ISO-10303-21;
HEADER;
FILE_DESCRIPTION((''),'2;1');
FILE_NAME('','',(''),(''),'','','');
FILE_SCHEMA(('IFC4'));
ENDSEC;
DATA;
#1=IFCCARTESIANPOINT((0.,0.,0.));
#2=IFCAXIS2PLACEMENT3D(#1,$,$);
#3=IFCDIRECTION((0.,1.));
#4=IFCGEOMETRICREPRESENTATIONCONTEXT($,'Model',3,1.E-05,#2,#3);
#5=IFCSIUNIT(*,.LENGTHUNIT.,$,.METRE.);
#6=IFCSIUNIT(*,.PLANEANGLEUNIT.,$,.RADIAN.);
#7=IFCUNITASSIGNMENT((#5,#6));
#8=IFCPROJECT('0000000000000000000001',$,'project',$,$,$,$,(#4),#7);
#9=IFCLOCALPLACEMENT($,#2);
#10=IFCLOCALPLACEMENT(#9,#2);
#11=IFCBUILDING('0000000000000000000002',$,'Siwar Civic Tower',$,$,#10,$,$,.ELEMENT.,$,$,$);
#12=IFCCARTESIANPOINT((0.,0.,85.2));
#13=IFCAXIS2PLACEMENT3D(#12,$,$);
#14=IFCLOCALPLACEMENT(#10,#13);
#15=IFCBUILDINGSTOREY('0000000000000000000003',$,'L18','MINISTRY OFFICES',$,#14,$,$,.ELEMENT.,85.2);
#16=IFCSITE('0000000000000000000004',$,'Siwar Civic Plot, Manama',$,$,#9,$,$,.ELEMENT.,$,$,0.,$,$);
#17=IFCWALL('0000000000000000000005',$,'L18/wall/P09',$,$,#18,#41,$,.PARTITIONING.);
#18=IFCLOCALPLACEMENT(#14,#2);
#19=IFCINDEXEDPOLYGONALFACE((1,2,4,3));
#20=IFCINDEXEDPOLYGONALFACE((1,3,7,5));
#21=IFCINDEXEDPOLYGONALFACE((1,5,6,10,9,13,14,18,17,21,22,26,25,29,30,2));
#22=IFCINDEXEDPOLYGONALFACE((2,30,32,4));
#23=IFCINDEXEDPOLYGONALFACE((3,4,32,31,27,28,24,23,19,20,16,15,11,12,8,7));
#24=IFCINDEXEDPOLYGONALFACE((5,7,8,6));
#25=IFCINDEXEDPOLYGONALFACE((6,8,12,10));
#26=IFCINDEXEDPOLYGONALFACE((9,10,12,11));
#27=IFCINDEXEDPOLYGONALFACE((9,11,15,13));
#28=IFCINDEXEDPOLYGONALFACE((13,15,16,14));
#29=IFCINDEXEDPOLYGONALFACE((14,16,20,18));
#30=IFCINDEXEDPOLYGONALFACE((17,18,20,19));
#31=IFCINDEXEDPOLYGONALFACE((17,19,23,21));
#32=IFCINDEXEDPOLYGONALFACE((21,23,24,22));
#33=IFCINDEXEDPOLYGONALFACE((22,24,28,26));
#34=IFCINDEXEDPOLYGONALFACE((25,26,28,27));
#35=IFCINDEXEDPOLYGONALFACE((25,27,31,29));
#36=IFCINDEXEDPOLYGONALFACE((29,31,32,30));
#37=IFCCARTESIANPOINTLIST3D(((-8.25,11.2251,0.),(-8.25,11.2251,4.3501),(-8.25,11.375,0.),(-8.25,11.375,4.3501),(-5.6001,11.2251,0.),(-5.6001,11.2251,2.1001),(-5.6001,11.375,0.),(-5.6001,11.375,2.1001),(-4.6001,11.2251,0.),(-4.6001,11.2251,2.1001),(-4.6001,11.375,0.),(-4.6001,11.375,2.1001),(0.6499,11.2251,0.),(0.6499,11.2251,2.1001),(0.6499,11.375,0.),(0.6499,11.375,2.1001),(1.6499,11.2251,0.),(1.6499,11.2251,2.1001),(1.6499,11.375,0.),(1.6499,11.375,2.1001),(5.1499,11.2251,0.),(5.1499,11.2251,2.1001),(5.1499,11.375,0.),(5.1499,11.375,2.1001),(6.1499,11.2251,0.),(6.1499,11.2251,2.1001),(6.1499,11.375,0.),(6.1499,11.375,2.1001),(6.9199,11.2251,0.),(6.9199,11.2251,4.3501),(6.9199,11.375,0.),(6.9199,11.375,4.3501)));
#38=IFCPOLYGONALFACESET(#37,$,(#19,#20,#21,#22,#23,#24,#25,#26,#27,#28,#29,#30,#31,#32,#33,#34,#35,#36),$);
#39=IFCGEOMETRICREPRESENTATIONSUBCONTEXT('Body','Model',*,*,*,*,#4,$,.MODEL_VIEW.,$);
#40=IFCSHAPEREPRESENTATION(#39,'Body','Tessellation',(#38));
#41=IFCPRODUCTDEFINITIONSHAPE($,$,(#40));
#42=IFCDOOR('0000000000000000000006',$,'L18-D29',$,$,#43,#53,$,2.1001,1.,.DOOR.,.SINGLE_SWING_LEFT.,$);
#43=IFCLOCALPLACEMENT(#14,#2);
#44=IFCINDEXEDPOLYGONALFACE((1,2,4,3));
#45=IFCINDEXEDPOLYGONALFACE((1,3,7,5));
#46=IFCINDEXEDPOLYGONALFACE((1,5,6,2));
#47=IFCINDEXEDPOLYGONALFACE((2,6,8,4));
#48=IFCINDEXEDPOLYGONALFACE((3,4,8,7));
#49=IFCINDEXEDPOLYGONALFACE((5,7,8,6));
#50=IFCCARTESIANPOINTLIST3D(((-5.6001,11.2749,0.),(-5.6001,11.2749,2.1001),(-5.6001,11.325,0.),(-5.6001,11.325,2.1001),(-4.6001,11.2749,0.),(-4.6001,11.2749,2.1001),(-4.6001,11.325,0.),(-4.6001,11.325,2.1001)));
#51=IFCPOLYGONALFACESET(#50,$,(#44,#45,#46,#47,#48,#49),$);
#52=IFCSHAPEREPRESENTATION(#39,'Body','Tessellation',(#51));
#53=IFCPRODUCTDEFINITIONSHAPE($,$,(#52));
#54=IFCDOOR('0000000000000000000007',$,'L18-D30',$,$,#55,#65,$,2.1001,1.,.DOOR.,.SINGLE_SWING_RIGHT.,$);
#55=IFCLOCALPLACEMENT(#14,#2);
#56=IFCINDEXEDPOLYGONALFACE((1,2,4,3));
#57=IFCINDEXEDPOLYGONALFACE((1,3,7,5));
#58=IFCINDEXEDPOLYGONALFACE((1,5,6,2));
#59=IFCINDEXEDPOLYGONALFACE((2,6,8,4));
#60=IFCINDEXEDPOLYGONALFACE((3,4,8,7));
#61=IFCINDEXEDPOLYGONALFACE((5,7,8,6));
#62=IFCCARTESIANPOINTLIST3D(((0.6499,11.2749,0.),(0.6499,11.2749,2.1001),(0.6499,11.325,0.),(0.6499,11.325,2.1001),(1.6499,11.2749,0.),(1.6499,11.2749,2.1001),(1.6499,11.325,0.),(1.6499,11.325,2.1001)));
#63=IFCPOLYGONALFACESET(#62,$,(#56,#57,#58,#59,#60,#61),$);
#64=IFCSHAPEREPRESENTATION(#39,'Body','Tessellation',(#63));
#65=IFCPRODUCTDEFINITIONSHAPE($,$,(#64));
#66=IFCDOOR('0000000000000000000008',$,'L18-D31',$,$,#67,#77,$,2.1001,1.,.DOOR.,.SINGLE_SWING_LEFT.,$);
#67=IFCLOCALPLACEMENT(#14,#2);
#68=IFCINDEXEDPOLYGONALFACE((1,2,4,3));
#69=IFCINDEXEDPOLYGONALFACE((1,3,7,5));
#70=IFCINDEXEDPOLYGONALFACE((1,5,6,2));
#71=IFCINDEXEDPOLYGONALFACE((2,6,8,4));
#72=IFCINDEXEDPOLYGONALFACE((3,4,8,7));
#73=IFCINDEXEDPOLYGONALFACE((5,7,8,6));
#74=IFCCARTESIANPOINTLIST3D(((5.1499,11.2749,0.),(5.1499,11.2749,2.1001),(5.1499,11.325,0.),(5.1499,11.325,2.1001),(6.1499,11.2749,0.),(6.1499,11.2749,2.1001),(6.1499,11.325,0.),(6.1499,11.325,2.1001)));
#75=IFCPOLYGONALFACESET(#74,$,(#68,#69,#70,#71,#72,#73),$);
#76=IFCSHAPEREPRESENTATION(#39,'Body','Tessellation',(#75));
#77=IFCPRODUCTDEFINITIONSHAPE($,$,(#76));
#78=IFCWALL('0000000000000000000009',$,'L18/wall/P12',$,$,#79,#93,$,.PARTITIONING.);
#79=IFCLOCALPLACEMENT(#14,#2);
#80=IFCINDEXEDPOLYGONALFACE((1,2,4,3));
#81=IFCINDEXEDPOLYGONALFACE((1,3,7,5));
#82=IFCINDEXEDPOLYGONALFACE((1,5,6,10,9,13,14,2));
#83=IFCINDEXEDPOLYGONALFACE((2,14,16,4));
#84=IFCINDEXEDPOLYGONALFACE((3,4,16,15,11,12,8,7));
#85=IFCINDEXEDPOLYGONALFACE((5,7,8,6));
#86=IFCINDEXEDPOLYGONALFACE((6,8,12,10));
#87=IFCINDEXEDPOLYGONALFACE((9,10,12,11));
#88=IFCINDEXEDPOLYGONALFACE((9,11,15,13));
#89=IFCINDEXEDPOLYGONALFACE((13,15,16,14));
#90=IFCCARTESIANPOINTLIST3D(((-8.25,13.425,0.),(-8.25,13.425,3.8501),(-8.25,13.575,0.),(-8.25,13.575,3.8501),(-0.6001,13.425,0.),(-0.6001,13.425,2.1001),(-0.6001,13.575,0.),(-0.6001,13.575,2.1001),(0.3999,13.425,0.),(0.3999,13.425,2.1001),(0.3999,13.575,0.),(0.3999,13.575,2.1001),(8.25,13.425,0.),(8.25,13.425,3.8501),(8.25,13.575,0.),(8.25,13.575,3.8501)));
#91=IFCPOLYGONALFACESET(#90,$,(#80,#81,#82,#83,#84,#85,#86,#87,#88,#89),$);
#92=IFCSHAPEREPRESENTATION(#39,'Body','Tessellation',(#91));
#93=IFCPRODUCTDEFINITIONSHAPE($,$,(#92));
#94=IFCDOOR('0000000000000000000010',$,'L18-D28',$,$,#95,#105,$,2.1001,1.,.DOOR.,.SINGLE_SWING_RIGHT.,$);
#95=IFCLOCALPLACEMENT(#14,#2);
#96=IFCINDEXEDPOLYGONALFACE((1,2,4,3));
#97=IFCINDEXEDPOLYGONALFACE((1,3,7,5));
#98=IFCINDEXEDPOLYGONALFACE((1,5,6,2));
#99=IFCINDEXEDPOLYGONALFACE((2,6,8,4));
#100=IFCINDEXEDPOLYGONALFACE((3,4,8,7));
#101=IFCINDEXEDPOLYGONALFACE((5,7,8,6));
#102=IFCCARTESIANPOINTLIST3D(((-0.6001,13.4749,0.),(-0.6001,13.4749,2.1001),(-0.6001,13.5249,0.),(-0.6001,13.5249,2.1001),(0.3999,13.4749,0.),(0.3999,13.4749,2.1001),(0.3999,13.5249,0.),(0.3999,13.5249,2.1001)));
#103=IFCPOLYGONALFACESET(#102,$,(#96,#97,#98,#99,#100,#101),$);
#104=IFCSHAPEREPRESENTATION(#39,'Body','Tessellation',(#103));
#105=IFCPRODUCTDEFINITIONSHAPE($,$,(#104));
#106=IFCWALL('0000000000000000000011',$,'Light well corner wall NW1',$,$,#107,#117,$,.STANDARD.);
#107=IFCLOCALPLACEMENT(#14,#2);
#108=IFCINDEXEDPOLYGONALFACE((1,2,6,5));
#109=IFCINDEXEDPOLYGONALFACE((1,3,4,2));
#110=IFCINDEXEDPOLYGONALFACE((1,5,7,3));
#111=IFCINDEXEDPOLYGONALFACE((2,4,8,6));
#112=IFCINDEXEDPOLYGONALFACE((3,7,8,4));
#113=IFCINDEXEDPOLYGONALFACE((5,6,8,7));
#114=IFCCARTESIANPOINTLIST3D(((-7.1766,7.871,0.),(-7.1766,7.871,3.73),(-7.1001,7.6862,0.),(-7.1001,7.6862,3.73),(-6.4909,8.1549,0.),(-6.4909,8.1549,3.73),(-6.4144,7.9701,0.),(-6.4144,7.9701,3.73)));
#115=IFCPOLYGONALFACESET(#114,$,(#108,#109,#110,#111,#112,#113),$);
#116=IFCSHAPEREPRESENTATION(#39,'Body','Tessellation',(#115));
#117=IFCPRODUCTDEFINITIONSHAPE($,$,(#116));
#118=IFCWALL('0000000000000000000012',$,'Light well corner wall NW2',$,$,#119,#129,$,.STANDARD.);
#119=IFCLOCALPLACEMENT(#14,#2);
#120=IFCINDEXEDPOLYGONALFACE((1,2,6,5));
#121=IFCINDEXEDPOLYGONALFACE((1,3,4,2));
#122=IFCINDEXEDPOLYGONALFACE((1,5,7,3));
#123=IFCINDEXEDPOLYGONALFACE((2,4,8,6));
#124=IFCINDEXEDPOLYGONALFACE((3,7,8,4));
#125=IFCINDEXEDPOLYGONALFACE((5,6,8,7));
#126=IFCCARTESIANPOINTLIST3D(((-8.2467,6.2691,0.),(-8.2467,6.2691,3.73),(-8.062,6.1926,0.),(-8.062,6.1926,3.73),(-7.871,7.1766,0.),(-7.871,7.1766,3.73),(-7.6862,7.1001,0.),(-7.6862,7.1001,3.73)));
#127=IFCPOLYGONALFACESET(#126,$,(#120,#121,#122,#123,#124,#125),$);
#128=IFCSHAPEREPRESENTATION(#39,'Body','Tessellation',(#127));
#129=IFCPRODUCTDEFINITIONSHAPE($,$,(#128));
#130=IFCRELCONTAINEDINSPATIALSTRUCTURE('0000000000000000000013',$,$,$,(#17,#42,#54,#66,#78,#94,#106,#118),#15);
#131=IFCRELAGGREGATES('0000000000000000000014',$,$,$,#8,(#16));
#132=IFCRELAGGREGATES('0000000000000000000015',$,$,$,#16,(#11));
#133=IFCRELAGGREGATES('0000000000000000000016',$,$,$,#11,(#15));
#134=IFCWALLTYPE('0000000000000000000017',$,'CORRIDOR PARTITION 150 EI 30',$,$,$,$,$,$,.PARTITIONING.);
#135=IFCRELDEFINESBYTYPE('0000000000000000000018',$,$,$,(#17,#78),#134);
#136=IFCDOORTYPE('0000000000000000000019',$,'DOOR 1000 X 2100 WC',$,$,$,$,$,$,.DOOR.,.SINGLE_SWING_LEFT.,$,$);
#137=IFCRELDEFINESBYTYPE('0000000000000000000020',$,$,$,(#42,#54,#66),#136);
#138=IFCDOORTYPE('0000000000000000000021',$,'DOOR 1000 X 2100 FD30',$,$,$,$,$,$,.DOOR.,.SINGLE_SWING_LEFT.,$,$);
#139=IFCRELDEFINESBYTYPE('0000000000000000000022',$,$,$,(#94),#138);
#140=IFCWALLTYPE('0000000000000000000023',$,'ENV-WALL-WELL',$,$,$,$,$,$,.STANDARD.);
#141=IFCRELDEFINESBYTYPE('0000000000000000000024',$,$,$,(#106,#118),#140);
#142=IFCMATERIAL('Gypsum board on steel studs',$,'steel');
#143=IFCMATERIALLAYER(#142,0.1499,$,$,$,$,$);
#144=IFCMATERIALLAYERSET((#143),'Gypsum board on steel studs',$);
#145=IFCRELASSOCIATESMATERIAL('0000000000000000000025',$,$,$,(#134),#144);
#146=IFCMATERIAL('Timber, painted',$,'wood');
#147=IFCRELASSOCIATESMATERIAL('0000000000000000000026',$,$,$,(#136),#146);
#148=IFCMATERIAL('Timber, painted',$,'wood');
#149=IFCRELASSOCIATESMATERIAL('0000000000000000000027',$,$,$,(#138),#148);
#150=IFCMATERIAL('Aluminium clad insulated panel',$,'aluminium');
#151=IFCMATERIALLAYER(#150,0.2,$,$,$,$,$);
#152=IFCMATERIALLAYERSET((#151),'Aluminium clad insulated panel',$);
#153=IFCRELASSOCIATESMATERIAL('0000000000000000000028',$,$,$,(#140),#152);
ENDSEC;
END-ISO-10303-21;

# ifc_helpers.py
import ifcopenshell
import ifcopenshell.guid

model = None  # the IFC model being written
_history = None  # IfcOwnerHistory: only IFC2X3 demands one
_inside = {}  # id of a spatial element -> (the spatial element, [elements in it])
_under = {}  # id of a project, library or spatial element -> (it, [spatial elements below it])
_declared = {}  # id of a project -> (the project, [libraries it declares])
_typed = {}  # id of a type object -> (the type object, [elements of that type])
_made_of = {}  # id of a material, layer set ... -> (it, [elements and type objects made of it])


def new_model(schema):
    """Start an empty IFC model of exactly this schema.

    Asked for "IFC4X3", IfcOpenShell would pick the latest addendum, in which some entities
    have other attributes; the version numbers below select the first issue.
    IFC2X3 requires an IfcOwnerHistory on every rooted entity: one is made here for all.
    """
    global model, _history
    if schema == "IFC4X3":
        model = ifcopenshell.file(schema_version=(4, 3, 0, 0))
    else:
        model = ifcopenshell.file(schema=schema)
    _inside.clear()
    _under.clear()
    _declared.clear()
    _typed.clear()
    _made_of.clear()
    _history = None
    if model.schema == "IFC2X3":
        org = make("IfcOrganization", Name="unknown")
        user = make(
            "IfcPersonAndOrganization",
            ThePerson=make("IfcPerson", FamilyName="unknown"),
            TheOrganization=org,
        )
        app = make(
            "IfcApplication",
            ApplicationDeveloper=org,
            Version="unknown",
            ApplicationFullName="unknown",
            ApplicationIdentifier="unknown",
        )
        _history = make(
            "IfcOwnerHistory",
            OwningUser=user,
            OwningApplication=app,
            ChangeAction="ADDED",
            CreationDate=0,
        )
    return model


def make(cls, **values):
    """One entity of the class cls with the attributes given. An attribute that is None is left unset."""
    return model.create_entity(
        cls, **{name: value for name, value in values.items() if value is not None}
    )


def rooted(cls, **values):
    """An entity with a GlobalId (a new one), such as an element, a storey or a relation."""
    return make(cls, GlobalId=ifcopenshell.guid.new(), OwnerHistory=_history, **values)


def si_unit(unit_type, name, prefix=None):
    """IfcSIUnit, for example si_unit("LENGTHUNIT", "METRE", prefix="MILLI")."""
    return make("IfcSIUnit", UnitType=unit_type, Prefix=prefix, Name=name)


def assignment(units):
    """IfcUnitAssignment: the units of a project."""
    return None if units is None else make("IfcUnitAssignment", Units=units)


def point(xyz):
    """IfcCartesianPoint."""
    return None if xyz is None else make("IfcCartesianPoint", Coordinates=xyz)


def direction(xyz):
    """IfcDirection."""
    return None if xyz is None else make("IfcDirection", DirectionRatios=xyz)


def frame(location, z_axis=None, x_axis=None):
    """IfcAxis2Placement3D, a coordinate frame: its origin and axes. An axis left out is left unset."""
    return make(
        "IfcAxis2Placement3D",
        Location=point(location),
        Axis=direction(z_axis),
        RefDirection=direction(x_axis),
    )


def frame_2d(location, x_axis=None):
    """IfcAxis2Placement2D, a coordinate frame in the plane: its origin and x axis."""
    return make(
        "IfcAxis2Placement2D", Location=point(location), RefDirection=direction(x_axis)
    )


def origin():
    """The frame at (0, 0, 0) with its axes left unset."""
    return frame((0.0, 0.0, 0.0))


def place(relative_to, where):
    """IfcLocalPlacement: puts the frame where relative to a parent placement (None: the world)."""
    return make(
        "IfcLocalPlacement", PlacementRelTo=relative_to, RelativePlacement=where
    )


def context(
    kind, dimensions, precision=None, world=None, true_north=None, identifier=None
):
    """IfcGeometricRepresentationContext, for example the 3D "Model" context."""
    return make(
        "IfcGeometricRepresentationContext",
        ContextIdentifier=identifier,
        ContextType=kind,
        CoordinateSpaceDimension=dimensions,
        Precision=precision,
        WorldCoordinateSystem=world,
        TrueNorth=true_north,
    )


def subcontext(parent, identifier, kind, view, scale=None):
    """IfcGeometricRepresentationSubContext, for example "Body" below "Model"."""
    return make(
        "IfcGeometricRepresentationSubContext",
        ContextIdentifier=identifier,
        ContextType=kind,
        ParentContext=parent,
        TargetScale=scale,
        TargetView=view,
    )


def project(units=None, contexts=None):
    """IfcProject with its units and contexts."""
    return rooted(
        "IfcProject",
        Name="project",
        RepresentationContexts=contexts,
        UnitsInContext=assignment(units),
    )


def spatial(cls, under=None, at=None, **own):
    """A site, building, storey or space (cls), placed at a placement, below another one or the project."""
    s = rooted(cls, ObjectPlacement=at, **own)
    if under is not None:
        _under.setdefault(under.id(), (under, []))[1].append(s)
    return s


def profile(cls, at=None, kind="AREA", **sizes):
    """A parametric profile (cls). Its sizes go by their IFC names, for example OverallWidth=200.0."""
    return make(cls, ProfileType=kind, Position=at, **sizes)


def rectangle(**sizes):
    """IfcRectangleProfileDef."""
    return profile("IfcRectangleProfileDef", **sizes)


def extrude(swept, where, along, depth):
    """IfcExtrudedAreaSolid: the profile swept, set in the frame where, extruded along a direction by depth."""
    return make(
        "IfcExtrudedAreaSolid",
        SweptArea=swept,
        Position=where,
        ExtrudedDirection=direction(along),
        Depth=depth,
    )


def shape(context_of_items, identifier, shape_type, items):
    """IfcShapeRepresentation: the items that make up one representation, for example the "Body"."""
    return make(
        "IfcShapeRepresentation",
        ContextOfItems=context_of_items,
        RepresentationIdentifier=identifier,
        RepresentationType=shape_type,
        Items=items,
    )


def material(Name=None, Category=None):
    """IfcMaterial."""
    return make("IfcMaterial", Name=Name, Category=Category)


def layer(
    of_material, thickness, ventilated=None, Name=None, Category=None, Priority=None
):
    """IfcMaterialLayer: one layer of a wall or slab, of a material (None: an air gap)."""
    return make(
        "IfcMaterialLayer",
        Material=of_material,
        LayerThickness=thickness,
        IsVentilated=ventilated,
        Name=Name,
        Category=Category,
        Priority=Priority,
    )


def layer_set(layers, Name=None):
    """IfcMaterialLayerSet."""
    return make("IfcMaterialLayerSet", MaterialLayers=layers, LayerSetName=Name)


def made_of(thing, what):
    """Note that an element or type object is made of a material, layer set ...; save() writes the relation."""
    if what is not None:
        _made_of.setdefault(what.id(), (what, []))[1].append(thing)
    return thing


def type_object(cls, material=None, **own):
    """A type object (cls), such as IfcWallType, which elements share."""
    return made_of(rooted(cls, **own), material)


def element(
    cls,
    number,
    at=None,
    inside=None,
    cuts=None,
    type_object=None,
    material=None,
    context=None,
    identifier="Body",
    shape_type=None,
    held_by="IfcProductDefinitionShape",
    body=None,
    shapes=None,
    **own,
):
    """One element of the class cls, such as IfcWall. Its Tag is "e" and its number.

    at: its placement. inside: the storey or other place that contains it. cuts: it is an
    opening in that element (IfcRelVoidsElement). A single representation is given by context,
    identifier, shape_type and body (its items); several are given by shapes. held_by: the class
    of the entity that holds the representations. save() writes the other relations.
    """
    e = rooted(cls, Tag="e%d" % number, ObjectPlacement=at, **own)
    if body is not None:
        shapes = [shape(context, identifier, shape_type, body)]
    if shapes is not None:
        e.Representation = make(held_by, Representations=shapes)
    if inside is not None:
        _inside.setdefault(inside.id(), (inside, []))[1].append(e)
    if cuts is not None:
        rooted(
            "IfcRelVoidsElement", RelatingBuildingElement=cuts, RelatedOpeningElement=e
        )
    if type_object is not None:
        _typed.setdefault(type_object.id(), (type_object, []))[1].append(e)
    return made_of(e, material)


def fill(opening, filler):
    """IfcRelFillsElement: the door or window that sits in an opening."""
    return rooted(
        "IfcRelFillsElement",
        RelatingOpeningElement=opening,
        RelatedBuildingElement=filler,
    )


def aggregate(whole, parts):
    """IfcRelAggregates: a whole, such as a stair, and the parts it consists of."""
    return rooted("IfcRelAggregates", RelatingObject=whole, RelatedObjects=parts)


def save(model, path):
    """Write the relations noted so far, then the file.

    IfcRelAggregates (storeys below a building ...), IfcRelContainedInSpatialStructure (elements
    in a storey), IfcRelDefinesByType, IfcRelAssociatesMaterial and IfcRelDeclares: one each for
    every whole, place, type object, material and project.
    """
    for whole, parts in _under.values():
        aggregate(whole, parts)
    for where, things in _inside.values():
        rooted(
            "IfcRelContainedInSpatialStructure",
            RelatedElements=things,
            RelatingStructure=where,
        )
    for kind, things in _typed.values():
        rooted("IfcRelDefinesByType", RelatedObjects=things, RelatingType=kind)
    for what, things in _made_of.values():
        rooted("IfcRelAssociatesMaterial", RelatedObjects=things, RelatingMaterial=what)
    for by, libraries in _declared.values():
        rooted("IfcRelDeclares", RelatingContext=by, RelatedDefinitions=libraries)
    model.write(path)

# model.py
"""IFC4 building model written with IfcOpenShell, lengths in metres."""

from ifc_helpers import new_model, si_unit, direction, frame, frame_2d, origin, place, context, subcontext, project, spatial, rectangle, extrude, material, layer, layer_set, type_object, element, fill, save


model = new_model("IFC4")

# Units and contexts
model_context = context("Model", 3, precision=1e-05, world=origin(), true_north=direction((0.0, 1.0)))
body_context = subcontext(model_context, "Body", "Model", "MODEL_VIEW")
ifc_project = project(units=[si_unit("LENGTHUNIT", "METRE"), si_unit("PLANEANGLEUNIT", "RADIAN")], contexts=[model_context])

# Site, building, storey
site_placement = place(None, origin())
site = spatial("IfcSite", under=ifc_project, at=site_placement, Name="Siwar Civic Plot, Manama", CompositionType="ELEMENT", RefElevation=0.0)
building_placement = place(site_placement, origin())
building = spatial("IfcBuilding", under=site, at=building_placement, Name="Siwar Civic Tower", CompositionType="ELEMENT")
storey_placement = place(building_placement, frame((0.0, 0.0, 85.2)))
storey = spatial("IfcBuildingStorey", under=building, at=storey_placement, Name="L18", Description="MINISTRY OFFICES", CompositionType="ELEMENT", Elevation=85.2)

# Wall, openings, doors
ifc_material_1 = material(Name="Gypsum board on steel studs", Category="steel")
ifc_layer_1 = layer(ifc_material_1, 0.1499)
ifc_layer_set_1 = layer_set([ifc_layer_1], Name="Gypsum board on steel studs")
wall_type_1 = type_object("IfcWallType", Name="CORRIDOR PARTITION 150 EI 30", PredefinedType="PARTITIONING", material=ifc_layer_set_1)
wall_1_placement = place(storey_placement, frame((-8.25, 11.3, 0.0), z_axis=(0.0, 0.0, 1.0), x_axis=(1.0, 0.0, 0.0)))
wall_1 = element("IfcWall", 1, at=wall_1_placement, inside=storey, type_object=wall_type_1, Name="L18/wall/P09", PredefinedType="PARTITIONING", context=body_context, shape_type="SweptSolid", body=[
    extrude(rectangle(XDim=15.1699, YDim=0.1499, at=frame_2d((7.585, 0.0))), origin(), (0.0, 0.0, 1.0), 4.3501),
])
opening_1_placement = place(wall_1_placement, frame((2.6499, 0.0, 0.0)))
opening_1 = element("IfcOpeningElement", 2, at=opening_1_placement, cuts=wall_1, PredefinedType="OPENING", context=body_context, shape_type="SweptSolid", body=[
    extrude(rectangle(XDim=1.0, YDim=2.1001, at=frame_2d((0.5, 1.05))), frame((0.0, 0.085, 0.0), z_axis=(0.0, -1.0, 0.0), x_axis=(1.0, 0.0, 0.0)), (0.0, 0.0, 1.0), 0.1699),
])
opening_2_placement = place(wall_1_placement, frame((8.8999, 0.0, 0.0)))
opening_2 = element("IfcOpeningElement", 3, at=opening_2_placement, cuts=wall_1, PredefinedType="OPENING", context=body_context, shape_type="SweptSolid", body=[
    extrude(rectangle(XDim=1.0, YDim=2.1001, at=frame_2d((0.5, 1.05))), frame((0.0, 0.085, 0.0), z_axis=(0.0, -1.0, 0.0), x_axis=(1.0, 0.0, 0.0)), (0.0, 0.0, 1.0), 0.1699),
])
opening_3_placement = place(wall_1_placement, frame((13.3999, 0.0, 0.0)))
opening_3 = element("IfcOpeningElement", 4, at=opening_3_placement, cuts=wall_1, PredefinedType="OPENING", context=body_context, shape_type="SweptSolid", body=[
    extrude(rectangle(XDim=1.0, YDim=2.1001, at=frame_2d((0.5, 1.05))), frame((0.0, 0.085, 0.0), z_axis=(0.0, -1.0, 0.0), x_axis=(1.0, 0.0, 0.0)), (0.0, 0.0, 1.0), 0.1699),
])
ifc_material_2 = material(Name="Timber, painted", Category="wood")
door_type_1 = type_object("IfcDoorType", Name="DOOR 1000 X 2100 WC", OperationType="SINGLE_SWING_LEFT", PredefinedType="DOOR", material=ifc_material_2)
door_1_placement = place(opening_1_placement, origin())
door_1 = element("IfcDoor", 5, at=door_1_placement, inside=storey, type_object=door_type_1, Name="L18-D29", OperationType="SINGLE_SWING_LEFT", OverallHeight=2.1001, OverallWidth=1.0, PredefinedType="DOOR", context=body_context, shape_type="SweptSolid", body=[
    extrude(rectangle(XDim=1.0, YDim=2.1001, at=frame_2d((0.5, 1.05))), frame((0.0, 0.0249, 0.0), z_axis=(0.0, -1.0, 0.0), x_axis=(1.0, 0.0, 0.0)), (0.0, 0.0, 1.0), 0.05),
])
fill(opening_1, door_1)
door_2_placement = place(opening_2_placement, origin())
door_2 = element("IfcDoor", 6, at=door_2_placement, inside=storey, type_object=door_type_1, Name="L18-D30", OperationType="SINGLE_SWING_RIGHT", OverallHeight=2.1001, OverallWidth=1.0, PredefinedType="DOOR", context=body_context, shape_type="SweptSolid", body=[
    extrude(rectangle(XDim=1.0, YDim=2.1001, at=frame_2d((0.5, 1.05))), frame((0.0, 0.0249, 0.0), z_axis=(0.0, -1.0, 0.0), x_axis=(1.0, 0.0, 0.0)), (0.0, 0.0, 1.0), 0.05),
])
fill(opening_2, door_2)
door_3_placement = place(opening_3_placement, origin())
door_3 = element("IfcDoor", 7, at=door_3_placement, inside=storey, type_object=door_type_1, Name="L18-D31", OperationType="SINGLE_SWING_LEFT", OverallHeight=2.1001, OverallWidth=1.0, PredefinedType="DOOR", context=body_context, shape_type="SweptSolid", body=[
    extrude(rectangle(XDim=1.0, YDim=2.1001, at=frame_2d((0.5, 1.05))), frame((0.0, 0.0249, 0.0), z_axis=(0.0, -1.0, 0.0), x_axis=(1.0, 0.0, 0.0)), (0.0, 0.0, 1.0), 0.05),
])
fill(opening_3, door_3)

# Wall, opening, door
wall_2_placement = place(storey_placement, frame((-8.25, 13.5, 0.0), z_axis=(0.0, 0.0, 1.0), x_axis=(1.0, 0.0, 0.0)))
wall_2 = element("IfcWall", 8, at=wall_2_placement, inside=storey, type_object=wall_type_1, Name="L18/wall/P12", PredefinedType="PARTITIONING", context=body_context, shape_type="SweptSolid", body=[
    extrude(rectangle(XDim=16.5, YDim=0.1499, at=frame_2d((8.25, 0.0))), origin(), (0.0, 0.0, 1.0), 3.8501),
])
opening_4_placement = place(wall_2_placement, frame((7.6499, 0.0, 0.0)))
opening_4 = element("IfcOpeningElement", 9, at=opening_4_placement, cuts=wall_2, PredefinedType="OPENING", context=body_context, shape_type="SweptSolid", body=[
    extrude(rectangle(XDim=1.0, YDim=2.1001, at=frame_2d((0.5, 1.05))), frame((0.0, 0.085, 0.0), z_axis=(0.0, -1.0, 0.0), x_axis=(1.0, 0.0, 0.0)), (0.0, 0.0, 1.0), 0.1699),
])
ifc_material_3 = material(Name="Timber, painted", Category="wood")
door_type_2 = type_object("IfcDoorType", Name="DOOR 1000 X 2100 FD30", OperationType="SINGLE_SWING_LEFT", PredefinedType="DOOR", material=ifc_material_3)
door_4_placement = place(opening_4_placement, origin())
door_4 = element("IfcDoor", 10, at=door_4_placement, inside=storey, type_object=door_type_2, Name="L18-D28", OperationType="SINGLE_SWING_RIGHT", OverallHeight=2.1001, OverallWidth=1.0, PredefinedType="DOOR", context=body_context, shape_type="SweptSolid", body=[
    extrude(rectangle(XDim=1.0, YDim=2.1001, at=frame_2d((0.5, 1.05))), frame((0.0, 0.0249, 0.0), z_axis=(0.0, -1.0, 0.0), x_axis=(1.0, 0.0, 0.0)), (0.0, 0.0, 1.0), 0.05),
])
fill(opening_4, door_4)

# Walls
ifc_material_4 = material(Name="Aluminium clad insulated panel", Category="aluminium")
ifc_layer_2 = layer(ifc_material_4, 0.2)
ifc_layer_set_2 = layer_set([ifc_layer_2], Name="Aluminium clad insulated panel")
wall_type_2 = type_object("IfcWallType", Name="ENV-WALL-WELL", PredefinedType="STANDARD", material=ifc_layer_set_2)
wall_3_placement = place(storey_placement, frame((-6.4526, 8.0625, 0.0), z_axis=(0.0, 0.0, 1.0), x_axis=(-0.923941, -0.382536, 0.0)))
element("IfcWall", 11, at=wall_3_placement, inside=storey, type_object=wall_type_2, Name="Light well corner wall NW1", PredefinedType="STANDARD", context=body_context, shape_type="SweptSolid", body=[
    extrude(rectangle(XDim=0.7422, YDim=0.2, at=frame_2d((0.3711, 0.0))), origin(), (0.0, 0.0, 1.0), 3.73),
])
wall_4_placement = place(storey_placement, frame((-7.7786, 7.1384, 0.0), z_axis=(0.0, 0.0, 1.0), x_axis=(-0.382549, -0.923935, 0.0)))
element("IfcWall", 12, at=wall_4_placement, inside=storey, type_object=wall_type_2, Name="Light well corner wall NW2", PredefinedType="STANDARD", context=body_context, shape_type="SweptSolid", body=[
    extrude(rectangle(XDim=0.9822, YDim=0.2, at=frame_2d((0.4912, 0.0))), origin(), (0.0, 0.0, 1.0), 3.73),
])

save(model, "model.ifc")
